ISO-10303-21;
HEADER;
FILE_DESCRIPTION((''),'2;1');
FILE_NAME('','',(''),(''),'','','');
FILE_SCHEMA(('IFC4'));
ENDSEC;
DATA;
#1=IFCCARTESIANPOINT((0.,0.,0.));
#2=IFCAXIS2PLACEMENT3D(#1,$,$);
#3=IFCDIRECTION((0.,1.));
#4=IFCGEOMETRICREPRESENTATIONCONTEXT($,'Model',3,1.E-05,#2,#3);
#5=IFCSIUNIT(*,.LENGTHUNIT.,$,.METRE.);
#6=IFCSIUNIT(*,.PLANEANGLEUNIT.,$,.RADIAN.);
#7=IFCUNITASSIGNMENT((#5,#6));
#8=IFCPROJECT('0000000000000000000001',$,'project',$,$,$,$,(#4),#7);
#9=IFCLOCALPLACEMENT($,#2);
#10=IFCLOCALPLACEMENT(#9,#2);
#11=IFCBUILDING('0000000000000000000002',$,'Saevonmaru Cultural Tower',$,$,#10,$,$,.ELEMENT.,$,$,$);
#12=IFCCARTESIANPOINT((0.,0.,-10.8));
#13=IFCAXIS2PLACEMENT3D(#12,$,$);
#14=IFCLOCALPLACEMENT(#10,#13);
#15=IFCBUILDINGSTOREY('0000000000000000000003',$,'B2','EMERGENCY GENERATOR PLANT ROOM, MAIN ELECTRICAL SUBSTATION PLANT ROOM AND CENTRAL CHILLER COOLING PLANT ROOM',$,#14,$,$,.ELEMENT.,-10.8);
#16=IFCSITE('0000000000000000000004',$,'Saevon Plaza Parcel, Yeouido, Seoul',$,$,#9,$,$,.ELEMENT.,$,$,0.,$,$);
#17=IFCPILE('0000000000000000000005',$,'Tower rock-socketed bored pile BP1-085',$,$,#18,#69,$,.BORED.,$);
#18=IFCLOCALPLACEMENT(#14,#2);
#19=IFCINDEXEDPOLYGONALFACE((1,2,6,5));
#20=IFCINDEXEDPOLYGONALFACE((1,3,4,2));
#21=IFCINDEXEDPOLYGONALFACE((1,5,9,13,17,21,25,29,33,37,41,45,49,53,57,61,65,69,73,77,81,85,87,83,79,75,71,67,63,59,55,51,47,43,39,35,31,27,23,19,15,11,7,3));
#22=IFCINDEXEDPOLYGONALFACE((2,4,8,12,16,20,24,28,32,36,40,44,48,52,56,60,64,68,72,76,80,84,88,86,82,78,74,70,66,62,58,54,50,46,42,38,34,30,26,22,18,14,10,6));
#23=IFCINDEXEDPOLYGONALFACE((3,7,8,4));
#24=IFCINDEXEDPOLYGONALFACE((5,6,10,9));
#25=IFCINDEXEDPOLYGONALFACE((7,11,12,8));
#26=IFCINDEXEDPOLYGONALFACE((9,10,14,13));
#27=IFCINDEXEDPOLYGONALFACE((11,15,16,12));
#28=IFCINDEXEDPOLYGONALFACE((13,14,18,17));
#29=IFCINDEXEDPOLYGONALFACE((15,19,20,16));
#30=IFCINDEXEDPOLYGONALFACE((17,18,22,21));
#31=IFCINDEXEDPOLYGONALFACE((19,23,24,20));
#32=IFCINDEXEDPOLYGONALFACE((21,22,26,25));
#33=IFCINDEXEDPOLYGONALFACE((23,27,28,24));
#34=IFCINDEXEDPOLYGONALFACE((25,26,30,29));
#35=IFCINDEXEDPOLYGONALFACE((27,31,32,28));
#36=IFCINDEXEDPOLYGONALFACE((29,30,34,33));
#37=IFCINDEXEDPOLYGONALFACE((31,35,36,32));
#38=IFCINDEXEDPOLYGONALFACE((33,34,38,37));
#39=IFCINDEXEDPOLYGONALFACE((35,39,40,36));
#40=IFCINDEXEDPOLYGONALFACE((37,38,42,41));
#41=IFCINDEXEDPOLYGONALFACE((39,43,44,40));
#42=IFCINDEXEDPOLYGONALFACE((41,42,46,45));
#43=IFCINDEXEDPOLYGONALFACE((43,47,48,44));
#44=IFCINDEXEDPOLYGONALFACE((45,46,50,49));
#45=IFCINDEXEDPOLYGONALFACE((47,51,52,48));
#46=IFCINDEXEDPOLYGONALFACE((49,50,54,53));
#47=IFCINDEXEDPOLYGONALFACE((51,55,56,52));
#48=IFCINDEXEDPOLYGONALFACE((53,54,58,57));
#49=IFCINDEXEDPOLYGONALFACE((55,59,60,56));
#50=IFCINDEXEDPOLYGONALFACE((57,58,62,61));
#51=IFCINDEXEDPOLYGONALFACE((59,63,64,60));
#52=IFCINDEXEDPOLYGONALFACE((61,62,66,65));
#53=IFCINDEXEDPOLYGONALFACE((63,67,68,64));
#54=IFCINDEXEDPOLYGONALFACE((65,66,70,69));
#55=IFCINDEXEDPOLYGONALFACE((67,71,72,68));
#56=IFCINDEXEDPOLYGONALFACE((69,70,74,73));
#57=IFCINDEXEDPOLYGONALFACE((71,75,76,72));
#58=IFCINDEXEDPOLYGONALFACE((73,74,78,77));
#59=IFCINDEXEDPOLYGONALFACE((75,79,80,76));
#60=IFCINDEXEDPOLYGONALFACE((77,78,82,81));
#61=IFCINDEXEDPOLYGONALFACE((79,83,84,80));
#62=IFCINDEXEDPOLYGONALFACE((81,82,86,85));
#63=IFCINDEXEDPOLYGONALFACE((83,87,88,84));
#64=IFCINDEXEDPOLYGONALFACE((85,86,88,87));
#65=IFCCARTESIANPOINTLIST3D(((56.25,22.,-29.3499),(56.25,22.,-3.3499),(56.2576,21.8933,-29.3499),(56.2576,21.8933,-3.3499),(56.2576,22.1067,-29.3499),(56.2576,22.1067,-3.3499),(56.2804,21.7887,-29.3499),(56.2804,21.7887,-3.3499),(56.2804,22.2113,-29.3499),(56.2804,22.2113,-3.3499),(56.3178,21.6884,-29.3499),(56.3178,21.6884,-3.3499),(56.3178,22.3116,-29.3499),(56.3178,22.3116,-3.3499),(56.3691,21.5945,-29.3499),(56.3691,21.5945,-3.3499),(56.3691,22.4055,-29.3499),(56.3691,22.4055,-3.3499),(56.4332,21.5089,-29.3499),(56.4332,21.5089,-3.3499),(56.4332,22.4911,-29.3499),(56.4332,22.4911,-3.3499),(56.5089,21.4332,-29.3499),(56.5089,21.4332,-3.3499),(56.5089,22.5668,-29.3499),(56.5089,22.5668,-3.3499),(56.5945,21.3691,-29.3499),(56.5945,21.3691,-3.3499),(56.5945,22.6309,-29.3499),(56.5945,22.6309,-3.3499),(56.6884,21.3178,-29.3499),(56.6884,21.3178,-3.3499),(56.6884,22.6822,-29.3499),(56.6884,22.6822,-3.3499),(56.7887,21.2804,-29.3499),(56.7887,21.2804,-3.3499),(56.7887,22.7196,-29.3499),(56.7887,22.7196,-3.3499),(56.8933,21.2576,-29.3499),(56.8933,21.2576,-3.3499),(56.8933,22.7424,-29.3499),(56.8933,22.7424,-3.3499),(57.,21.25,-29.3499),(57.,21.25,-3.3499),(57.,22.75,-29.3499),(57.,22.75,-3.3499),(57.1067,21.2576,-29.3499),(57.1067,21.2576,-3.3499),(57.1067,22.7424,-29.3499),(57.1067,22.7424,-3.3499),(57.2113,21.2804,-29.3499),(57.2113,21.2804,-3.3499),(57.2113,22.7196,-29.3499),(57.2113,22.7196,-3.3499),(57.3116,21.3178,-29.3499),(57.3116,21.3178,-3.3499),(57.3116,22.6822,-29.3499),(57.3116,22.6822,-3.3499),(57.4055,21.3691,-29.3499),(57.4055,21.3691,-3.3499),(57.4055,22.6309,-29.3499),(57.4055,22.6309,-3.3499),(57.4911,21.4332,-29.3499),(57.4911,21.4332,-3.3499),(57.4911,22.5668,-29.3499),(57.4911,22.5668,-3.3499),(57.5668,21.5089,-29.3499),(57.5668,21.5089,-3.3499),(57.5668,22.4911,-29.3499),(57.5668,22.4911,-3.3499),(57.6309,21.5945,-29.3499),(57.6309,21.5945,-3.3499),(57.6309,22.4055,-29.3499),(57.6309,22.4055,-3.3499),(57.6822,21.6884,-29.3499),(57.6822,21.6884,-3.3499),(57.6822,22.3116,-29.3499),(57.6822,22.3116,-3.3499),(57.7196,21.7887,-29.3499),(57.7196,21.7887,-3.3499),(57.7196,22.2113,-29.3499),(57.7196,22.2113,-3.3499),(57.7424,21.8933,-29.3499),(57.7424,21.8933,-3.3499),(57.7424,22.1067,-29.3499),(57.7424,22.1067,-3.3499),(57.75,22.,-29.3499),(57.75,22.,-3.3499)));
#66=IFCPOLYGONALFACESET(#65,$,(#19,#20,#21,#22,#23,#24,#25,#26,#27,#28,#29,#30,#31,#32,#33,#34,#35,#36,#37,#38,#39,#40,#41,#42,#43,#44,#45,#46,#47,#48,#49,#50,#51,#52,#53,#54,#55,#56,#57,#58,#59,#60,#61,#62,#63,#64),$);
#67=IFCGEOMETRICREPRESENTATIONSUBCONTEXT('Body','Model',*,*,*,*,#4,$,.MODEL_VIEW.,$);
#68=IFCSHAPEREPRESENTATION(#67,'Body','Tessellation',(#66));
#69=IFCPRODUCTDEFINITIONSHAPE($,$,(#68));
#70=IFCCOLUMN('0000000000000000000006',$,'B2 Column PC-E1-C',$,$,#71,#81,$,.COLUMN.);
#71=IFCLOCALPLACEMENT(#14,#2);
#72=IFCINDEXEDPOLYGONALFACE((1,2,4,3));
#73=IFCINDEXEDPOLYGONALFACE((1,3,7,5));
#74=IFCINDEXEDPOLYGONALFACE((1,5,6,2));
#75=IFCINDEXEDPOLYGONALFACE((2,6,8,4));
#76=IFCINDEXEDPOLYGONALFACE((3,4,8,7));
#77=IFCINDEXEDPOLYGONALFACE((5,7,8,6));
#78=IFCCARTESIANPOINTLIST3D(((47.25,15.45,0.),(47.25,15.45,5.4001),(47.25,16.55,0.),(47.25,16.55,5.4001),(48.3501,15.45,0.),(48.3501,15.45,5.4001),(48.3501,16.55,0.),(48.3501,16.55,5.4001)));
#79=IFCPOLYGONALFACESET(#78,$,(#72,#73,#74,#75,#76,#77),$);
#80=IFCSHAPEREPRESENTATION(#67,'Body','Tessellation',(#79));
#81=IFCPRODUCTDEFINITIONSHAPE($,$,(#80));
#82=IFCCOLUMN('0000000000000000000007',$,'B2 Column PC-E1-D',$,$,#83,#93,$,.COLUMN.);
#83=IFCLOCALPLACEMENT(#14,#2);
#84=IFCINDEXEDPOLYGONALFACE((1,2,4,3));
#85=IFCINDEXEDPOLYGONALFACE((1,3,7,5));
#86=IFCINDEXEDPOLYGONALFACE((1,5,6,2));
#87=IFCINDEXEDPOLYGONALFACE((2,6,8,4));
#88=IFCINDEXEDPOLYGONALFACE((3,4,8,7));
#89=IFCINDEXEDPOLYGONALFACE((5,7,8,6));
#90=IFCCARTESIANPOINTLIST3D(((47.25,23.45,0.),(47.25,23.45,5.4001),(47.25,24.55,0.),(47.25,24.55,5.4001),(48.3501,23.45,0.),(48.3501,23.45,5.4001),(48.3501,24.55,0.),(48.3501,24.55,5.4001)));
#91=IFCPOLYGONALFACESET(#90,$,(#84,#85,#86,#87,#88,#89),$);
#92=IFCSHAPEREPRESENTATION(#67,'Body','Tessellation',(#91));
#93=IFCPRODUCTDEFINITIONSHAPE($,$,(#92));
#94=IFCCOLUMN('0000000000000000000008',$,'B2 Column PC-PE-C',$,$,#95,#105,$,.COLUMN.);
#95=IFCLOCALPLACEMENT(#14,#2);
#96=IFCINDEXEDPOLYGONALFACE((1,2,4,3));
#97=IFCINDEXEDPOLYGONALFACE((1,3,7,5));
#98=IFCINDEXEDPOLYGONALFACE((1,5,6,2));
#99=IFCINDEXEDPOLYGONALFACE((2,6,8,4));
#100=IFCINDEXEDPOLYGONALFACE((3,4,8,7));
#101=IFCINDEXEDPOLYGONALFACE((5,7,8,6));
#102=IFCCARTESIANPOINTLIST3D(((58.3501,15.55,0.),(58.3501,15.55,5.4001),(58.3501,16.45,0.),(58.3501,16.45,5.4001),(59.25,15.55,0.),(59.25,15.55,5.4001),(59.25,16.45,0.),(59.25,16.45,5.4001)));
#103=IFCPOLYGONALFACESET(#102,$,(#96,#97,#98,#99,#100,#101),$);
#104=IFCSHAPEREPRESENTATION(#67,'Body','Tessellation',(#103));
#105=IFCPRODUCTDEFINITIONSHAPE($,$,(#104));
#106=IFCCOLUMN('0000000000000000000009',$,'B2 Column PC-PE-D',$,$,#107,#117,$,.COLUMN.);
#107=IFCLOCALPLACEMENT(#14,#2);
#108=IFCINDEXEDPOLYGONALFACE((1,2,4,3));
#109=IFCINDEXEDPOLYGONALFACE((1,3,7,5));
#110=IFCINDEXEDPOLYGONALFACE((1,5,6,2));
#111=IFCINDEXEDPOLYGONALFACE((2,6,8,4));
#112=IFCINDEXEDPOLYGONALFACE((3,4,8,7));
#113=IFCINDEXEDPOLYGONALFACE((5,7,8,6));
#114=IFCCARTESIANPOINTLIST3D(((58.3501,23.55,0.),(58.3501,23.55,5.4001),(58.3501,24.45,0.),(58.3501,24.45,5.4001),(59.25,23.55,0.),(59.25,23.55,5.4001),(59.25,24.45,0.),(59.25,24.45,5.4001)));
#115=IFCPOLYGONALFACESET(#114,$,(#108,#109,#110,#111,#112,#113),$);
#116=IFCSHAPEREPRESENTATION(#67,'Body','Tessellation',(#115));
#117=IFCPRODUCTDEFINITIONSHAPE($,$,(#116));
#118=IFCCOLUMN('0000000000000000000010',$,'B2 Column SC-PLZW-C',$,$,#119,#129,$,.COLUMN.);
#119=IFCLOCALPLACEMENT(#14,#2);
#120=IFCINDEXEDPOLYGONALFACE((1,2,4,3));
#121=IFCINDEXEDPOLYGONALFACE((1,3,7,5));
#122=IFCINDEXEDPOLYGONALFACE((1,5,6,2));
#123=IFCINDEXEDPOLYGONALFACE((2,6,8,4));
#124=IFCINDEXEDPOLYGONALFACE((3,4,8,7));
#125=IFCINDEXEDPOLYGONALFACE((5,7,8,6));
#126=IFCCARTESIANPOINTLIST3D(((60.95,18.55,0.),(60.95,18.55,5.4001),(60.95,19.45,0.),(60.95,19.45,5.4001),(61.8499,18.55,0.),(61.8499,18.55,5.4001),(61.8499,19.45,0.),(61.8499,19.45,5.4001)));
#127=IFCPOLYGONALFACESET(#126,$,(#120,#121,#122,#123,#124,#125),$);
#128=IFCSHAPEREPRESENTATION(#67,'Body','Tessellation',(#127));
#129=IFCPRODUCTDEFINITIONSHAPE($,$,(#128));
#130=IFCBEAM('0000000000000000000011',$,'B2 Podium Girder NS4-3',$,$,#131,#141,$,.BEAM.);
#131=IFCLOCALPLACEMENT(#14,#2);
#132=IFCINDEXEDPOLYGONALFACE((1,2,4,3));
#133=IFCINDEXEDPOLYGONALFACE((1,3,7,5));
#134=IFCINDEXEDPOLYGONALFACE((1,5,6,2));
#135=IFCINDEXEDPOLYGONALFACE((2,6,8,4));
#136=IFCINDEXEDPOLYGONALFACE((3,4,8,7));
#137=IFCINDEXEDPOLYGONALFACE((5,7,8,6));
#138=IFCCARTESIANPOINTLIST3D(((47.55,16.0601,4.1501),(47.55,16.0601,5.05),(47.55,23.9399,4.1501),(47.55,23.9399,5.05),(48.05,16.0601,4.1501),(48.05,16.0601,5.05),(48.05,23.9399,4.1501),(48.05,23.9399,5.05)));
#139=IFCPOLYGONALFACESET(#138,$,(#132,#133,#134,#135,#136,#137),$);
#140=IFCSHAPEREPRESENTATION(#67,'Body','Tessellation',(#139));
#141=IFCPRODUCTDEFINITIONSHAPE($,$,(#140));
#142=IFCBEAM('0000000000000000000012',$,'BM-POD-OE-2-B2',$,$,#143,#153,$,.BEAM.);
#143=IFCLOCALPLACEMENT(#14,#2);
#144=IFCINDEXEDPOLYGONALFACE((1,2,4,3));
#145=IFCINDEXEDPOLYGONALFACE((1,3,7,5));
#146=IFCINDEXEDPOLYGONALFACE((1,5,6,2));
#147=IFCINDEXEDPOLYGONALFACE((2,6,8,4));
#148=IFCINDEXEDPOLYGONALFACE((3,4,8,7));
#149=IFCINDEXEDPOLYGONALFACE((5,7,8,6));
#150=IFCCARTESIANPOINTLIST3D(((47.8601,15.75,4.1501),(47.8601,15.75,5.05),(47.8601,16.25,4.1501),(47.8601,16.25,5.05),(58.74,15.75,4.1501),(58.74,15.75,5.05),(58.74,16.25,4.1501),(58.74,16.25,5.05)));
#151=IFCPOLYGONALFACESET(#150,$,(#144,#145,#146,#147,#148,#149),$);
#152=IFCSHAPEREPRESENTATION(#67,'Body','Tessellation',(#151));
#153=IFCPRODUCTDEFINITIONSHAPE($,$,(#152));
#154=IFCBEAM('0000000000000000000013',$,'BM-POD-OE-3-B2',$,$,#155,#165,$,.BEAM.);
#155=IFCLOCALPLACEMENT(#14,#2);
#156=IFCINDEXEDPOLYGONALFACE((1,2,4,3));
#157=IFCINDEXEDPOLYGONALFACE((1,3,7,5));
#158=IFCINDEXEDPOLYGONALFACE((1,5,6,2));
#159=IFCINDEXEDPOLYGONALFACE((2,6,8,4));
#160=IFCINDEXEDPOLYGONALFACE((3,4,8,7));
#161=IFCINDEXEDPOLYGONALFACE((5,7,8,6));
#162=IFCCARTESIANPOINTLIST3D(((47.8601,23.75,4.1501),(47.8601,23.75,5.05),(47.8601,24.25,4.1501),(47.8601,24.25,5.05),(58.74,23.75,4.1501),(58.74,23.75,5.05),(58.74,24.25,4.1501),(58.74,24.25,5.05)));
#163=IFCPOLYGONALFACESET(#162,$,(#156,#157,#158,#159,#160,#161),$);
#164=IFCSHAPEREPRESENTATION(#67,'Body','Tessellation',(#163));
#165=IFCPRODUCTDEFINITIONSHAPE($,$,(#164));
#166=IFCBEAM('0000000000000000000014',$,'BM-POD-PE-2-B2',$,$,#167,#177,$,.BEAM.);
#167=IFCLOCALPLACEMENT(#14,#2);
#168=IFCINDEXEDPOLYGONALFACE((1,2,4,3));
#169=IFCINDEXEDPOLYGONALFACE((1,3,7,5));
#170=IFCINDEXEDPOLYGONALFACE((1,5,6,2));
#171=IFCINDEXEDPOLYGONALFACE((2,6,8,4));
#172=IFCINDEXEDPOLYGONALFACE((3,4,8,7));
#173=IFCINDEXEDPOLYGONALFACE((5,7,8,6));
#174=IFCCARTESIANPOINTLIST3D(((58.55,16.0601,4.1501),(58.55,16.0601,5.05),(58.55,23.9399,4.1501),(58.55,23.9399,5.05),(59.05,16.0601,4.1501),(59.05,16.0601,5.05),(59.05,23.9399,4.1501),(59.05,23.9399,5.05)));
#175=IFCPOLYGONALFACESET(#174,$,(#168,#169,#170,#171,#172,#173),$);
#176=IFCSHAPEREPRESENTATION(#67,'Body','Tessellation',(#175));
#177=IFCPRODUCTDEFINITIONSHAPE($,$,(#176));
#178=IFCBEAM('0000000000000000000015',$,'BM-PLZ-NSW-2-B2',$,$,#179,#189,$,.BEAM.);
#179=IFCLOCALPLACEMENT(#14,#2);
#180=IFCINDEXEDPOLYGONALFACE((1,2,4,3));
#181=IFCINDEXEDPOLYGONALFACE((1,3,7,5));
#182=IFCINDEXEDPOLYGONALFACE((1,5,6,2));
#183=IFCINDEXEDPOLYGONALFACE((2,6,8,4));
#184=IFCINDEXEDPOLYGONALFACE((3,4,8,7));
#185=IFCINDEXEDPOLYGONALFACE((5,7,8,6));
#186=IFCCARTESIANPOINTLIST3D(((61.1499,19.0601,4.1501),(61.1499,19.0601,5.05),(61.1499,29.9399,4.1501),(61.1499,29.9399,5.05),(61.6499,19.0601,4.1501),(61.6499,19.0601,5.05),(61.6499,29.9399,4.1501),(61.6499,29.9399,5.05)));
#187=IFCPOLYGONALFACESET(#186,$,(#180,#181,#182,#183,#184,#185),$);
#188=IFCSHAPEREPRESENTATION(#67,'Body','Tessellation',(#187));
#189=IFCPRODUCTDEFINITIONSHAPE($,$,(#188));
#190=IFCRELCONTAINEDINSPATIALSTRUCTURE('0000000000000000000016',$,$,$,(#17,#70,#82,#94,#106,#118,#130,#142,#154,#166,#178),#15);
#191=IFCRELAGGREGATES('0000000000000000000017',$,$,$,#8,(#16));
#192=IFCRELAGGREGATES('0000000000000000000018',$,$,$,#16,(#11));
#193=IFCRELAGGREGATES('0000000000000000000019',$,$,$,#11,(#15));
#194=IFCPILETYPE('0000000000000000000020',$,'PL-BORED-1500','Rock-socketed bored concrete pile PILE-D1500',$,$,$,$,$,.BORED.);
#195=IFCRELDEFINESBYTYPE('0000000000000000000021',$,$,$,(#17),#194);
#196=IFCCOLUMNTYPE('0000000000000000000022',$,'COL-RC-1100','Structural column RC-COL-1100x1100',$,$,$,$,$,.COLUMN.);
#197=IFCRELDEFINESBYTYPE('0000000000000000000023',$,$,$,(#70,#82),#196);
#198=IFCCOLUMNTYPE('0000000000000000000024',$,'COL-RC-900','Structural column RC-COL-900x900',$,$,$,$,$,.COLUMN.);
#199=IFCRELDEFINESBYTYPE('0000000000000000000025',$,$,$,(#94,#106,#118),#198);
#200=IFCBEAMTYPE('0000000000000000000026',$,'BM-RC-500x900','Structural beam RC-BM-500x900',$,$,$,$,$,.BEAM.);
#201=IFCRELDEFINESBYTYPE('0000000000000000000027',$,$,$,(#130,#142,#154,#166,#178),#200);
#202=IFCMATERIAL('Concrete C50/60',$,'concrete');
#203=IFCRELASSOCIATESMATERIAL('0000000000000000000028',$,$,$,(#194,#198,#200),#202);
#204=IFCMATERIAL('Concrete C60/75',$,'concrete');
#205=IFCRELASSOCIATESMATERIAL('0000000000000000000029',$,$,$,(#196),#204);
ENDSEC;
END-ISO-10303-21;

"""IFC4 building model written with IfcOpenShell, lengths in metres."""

from ifc_helpers import new_model, si_unit, direction, frame, origin, origin_2d, place, context, subcontext, project, spatial, rectangle, circle, extrude, material, material_profile, profile_set, type_object, element, save


model = new_model("IFC4")

# Units and contexts
model_context = context("Model", 3, precision=1e-05, world=origin(), true_north=direction((0.0, 1.0)))
body_context = subcontext(model_context, "Body", "Model", "MODEL_VIEW")
ifc_project = project(units=[si_unit("LENGTHUNIT", "METRE"), si_unit("PLANEANGLEUNIT", "RADIAN")], contexts=[model_context])

# Site, building, storey
site_placement = place(None, origin())
site = spatial("IfcSite", under=ifc_project, at=site_placement, Name="Saevon Plaza Parcel, Yeouido, Seoul", CompositionType="ELEMENT", RefElevation=0.0)
building_placement = place(site_placement, origin())
building = spatial("IfcBuilding", under=site, at=building_placement, Name="Saevonmaru Cultural Tower", CompositionType="ELEMENT")
storey_placement = place(building_placement, frame((0.0, 0.0, -10.8)))
storey = spatial("IfcBuildingStorey", under=building, at=storey_placement, Name="B2", Description="EMERGENCY GENERATOR PLANT ROOM, MAIN ELECTRICAL SUBSTATION PLANT ROOM AND CENTRAL CHILLER COOLING PLANT ROOM", CompositionType="ELEMENT", Elevation=-10.8)

# Pile
ifc_material_1 = material(Name="Concrete C50/60", Category="concrete")
ifc_material_profile_1 = material_profile(ifc_material_1, circle(Radius=0.75, at=origin_2d()), Name="PILE-D1500")
ifc_profile_set_1 = profile_set([ifc_material_profile_1], Name="Concrete C50/60")
pile_type = type_object("IfcPileType", Name="PL-BORED-1500", Description="Rock-socketed bored concrete pile PILE-D1500", PredefinedType="BORED", material=ifc_profile_set_1)
for number, where, z_axis, x_axis, name in (
    (1, (57.0, 22.0, -3.3499), (0.0, 0.0, -1.0), (1.0, 0.0, 0.0), "Tower rock-socketed bored pile BP1-085"),
):
    element("IfcPile", number, at=place(storey_placement, frame(where, z_axis=z_axis, x_axis=x_axis)), inside=storey, type_object=pile_type, Name=name, PredefinedType="BORED", context=body_context, shape_type="SweptSolid", body=[
        extrude(circle(Radius=0.75, at=origin_2d()), origin(), (0.0, 0.0, 1.0), 26.0),
    ])

# Columns
ifc_material_2 = material(Name="Concrete C60/75", Category="concrete")
ifc_material_profile_2 = material_profile(ifc_material_2, rectangle(XDim=1.1001, YDim=1.1001, at=origin_2d()), Name="RC-COL-1100x1100")
ifc_profile_set_2 = profile_set([ifc_material_profile_2], Name="Concrete C60/75")
column_type_1 = type_object("IfcColumnType", Name="COL-RC-1100", Description="Structural column RC-COL-1100x1100", PredefinedType="COLUMN", material=ifc_profile_set_2)
for number, where, z_axis, x_axis, name in (
    (2, (47.8, 16.0, 0.0), (0.0, 0.0, 1.0), (1.0, 0.0, 0.0), "B2 Column PC-E1-C"),
    (3, (47.8, 24.0, 0.0), (0.0, 0.0, 1.0), (1.0, 0.0, 0.0), "B2 Column PC-E1-D"),
):
    element("IfcColumn", number, at=place(storey_placement, frame(where, z_axis=z_axis, x_axis=x_axis)), inside=storey, type_object=column_type_1, Name=name, PredefinedType="COLUMN", context=body_context, shape_type="SweptSolid", body=[
        extrude(rectangle(XDim=1.1001, YDim=1.1001, at=origin_2d()), origin(), (0.0, 0.0, 1.0), 5.4001),
    ])
ifc_material_profile_3 = material_profile(ifc_material_1, rectangle(XDim=0.8999, YDim=0.8999, at=origin_2d()), Name="RC-COL-900x900")
ifc_profile_set_3 = profile_set([ifc_material_profile_3], Name="Concrete C50/60")
column_type_2 = type_object("IfcColumnType", Name="COL-RC-900", Description="Structural column RC-COL-900x900", PredefinedType="COLUMN", material=ifc_profile_set_3)
for number, where, z_axis, x_axis, name in (
    (4, (58.8, 16.0, 0.0), (0.0, 0.0, 1.0), (1.0, 0.0, 0.0), "B2 Column PC-PE-C"),
    (5, (58.8, 24.0, 0.0), (0.0, 0.0, 1.0), (1.0, 0.0, 0.0), "B2 Column PC-PE-D"),
    (6, (61.3999, 19.0, 0.0), (0.0, 0.0, 1.0), (1.0, 0.0, 0.0), "B2 Column SC-PLZW-C"),
):
    element("IfcColumn", number, at=place(storey_placement, frame(where, z_axis=z_axis, x_axis=x_axis)), inside=storey, type_object=column_type_2, Name=name, PredefinedType="COLUMN", context=body_context, shape_type="SweptSolid", body=[
        extrude(rectangle(XDim=0.8999, YDim=0.8999, at=origin_2d()), origin(), (0.0, 0.0, 1.0), 5.4001),
    ])

# Beams
ifc_material_profile_4 = material_profile(ifc_material_1, rectangle(XDim=0.5, YDim=0.8999, at=origin_2d()), Name="RC-BM-500x900")
ifc_profile_set_4 = profile_set([ifc_material_profile_4], Name="Concrete C50/60")
beam_type = type_object("IfcBeamType", Name="BM-RC-500x900", Description="Structural beam RC-BM-500x900", PredefinedType="BEAM", material=ifc_profile_set_4)
beam_1_placement = place(storey_placement, frame((47.8, 16.0601, 4.6001), z_axis=(0.0, 1.0, 0.0), x_axis=(-1.0, 0.0, 0.0)))
element("IfcBeam", 7, at=beam_1_placement, inside=storey, type_object=beam_type, Name="B2 Podium Girder NS4-3", PredefinedType="BEAM", context=body_context, shape_type="SweptSolid", body=[
    extrude(rectangle(XDim=0.5, YDim=0.8999, at=origin_2d()), origin(), (0.0, 0.0, 1.0), 7.8799),
])
for number, where, z_axis, x_axis, name in (
    (8, (47.8601, 16.0, 4.6001), (1.0, 0.0, 0.0), (0.0, 1.0, 0.0), "BM-POD-OE-2-B2"),
    (9, (47.8601, 24.0, 4.6001), (1.0, 0.0, 0.0), (0.0, 1.0, 0.0), "BM-POD-OE-3-B2"),
):
    element("IfcBeam", number, at=place(storey_placement, frame(where, z_axis=z_axis, x_axis=x_axis)), inside=storey, type_object=beam_type, Name=name, PredefinedType="BEAM", context=body_context, shape_type="SweptSolid", body=[
        extrude(rectangle(XDim=0.5, YDim=0.8999, at=origin_2d()), origin(), (0.0, 0.0, 1.0), 10.8799),
    ])
beam_2_placement = place(storey_placement, frame((58.8, 16.0601, 4.6001), z_axis=(0.0, 1.0, 0.0), x_axis=(-1.0, 0.0, 0.0)))
element("IfcBeam", 10, at=beam_2_placement, inside=storey, type_object=beam_type, Name="BM-POD-PE-2-B2", PredefinedType="BEAM", context=body_context, shape_type="SweptSolid", body=[
    extrude(rectangle(XDim=0.5, YDim=0.8999, at=origin_2d()), origin(), (0.0, 0.0, 1.0), 7.8799),
])
beam_3_placement = place(storey_placement, frame((61.3999, 19.0601, 4.6001), z_axis=(0.0, 1.0, 0.0), x_axis=(-1.0, 0.0, 0.0)))
element("IfcBeam", 11, at=beam_3_placement, inside=storey, type_object=beam_type, Name="BM-PLZ-NSW-2-B2", PredefinedType="BEAM", context=body_context, shape_type="SweptSolid", body=[
    extrude(rectangle(XDim=0.5, YDim=0.8999, at=origin_2d()), origin(), (0.0, 0.0, 1.0), 10.8799),
])

save(model, "model.ifc")
